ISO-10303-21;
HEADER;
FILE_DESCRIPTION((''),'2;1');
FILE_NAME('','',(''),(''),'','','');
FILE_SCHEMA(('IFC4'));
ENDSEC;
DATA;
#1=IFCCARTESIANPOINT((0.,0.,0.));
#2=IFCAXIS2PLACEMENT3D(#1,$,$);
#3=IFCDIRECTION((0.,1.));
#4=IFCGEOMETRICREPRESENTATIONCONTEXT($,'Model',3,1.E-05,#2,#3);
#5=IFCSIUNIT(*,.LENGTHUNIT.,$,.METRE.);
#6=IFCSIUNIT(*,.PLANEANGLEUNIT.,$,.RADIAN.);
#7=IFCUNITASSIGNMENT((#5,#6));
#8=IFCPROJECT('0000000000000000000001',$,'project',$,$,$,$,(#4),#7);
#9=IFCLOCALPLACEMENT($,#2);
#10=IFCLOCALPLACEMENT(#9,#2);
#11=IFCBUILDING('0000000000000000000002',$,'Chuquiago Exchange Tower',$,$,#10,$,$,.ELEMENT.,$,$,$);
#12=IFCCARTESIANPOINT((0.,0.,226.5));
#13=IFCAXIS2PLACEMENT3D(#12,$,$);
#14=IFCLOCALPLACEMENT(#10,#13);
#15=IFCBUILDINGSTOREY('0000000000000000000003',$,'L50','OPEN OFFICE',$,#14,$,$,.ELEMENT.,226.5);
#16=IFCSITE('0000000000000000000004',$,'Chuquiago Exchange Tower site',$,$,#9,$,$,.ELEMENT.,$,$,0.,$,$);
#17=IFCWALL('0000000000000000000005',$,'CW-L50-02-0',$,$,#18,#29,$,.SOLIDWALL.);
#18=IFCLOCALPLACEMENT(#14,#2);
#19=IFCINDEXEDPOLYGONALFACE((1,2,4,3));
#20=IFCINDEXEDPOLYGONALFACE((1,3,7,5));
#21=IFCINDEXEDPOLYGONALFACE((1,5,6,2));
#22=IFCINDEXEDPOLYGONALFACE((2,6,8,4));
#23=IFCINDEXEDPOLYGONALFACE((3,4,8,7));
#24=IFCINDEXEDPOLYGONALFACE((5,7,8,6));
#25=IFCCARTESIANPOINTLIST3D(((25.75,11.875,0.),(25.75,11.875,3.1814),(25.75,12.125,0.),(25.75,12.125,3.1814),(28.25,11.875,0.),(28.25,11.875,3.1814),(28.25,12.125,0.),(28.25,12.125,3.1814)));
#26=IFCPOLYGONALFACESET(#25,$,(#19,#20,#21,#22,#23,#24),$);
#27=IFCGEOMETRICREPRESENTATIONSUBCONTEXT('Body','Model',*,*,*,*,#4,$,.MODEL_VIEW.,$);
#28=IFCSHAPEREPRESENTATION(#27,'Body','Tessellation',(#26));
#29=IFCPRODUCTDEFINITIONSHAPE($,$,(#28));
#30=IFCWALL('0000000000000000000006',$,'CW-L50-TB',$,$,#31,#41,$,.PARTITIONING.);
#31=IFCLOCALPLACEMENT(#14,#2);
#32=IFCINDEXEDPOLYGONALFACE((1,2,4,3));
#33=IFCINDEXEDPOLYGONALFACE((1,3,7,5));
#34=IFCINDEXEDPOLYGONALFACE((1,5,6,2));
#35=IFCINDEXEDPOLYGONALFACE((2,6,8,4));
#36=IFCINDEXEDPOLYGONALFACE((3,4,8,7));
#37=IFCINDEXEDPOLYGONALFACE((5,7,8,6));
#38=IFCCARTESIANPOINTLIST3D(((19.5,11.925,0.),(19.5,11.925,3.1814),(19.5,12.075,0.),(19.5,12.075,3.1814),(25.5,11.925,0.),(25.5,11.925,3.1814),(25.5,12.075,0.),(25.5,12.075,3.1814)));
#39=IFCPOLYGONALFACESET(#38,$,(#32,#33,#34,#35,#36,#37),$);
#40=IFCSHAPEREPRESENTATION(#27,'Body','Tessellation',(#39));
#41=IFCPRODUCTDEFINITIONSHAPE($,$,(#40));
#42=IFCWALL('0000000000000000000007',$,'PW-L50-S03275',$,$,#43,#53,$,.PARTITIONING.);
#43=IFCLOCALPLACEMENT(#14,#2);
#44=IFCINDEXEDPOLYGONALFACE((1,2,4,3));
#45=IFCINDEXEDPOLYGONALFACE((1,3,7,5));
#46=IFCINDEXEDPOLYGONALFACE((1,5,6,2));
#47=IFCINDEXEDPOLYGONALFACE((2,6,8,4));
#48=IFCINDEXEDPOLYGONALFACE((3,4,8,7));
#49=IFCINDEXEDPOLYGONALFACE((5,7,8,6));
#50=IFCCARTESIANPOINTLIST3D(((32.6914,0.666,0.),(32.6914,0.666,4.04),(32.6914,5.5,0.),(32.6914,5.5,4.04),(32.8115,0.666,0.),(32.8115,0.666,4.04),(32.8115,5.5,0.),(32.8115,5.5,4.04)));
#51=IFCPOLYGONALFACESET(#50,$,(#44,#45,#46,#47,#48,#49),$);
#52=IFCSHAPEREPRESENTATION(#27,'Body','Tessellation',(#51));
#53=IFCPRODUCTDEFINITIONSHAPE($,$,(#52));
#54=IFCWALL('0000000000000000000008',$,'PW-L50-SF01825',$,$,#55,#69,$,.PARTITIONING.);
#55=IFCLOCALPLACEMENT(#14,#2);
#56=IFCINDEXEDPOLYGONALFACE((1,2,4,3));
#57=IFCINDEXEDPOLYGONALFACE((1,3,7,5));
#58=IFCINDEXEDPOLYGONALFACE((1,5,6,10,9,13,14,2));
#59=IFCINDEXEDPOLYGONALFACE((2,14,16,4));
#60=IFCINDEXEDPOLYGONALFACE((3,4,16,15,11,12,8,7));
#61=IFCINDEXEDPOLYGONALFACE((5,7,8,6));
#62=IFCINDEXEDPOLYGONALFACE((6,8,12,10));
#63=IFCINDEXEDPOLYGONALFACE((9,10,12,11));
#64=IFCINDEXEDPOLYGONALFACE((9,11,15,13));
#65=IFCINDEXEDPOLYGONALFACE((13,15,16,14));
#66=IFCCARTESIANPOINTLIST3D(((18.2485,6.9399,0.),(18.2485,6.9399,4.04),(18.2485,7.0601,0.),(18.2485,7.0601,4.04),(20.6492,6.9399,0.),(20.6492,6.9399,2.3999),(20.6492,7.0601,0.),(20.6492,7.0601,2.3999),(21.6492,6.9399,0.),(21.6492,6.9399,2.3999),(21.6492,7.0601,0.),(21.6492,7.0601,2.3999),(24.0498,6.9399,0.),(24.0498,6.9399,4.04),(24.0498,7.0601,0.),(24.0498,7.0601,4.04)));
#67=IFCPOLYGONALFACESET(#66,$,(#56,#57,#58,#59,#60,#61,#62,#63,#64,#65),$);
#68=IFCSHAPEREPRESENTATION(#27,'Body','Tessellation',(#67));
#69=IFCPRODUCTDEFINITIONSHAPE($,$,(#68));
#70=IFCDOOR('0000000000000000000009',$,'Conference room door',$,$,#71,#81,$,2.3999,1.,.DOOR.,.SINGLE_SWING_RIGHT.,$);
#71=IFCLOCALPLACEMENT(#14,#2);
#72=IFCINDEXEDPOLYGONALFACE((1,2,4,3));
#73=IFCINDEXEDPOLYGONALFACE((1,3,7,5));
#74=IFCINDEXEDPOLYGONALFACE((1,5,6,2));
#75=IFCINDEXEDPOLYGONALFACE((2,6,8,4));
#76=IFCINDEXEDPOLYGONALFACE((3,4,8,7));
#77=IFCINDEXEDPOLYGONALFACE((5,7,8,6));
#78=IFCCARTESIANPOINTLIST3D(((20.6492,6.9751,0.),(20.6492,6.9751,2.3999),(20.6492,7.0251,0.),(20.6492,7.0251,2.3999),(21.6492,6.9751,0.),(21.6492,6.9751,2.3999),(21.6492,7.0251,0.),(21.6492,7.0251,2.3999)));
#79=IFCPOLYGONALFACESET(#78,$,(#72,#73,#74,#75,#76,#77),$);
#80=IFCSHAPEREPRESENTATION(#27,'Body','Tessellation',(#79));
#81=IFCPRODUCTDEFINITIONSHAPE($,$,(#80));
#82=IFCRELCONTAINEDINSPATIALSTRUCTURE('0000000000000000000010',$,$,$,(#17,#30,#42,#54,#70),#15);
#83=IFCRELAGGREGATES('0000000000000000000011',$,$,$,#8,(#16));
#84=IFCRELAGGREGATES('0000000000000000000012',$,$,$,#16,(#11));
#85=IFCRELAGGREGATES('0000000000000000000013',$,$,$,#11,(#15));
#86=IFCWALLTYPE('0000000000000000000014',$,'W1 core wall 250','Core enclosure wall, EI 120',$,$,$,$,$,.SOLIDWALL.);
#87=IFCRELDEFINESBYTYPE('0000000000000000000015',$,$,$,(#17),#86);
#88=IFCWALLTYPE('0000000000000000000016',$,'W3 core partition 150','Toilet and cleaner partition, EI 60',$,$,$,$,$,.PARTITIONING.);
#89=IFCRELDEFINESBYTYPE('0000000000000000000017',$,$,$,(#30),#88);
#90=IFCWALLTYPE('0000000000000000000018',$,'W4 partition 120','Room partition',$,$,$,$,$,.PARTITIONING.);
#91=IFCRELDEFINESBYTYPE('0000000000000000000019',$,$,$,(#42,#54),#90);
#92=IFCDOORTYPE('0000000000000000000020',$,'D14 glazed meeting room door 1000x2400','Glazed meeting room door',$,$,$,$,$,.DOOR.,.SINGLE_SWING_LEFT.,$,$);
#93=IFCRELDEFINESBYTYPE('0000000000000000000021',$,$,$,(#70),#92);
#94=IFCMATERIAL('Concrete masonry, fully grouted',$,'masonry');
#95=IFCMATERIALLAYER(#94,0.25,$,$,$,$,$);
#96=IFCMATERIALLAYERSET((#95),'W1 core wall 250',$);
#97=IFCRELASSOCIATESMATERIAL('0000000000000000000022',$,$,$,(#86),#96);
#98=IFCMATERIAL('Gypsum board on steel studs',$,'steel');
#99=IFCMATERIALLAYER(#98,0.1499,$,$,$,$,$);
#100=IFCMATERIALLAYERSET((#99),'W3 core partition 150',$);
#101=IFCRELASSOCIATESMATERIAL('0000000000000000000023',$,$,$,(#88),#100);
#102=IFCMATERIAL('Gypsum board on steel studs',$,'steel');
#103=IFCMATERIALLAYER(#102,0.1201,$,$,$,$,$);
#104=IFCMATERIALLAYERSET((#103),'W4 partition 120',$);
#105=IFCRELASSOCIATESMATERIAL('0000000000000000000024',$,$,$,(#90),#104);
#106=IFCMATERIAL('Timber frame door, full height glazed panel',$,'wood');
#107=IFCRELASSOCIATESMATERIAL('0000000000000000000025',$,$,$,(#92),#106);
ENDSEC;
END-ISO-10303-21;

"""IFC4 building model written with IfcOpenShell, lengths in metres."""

from ifc_helpers import new_model, si_unit, direction, frame, frame_2d, origin, place, context, subcontext, project, spatial, rectangle, extrude, material, layer, layer_set, type_object, element, fill, save


model = new_model("IFC4")

# Units and contexts
model_context = context("Model", 3, precision=1e-05, world=origin(), true_north=direction((0.0, 1.0)))
body_context = subcontext(model_context, "Body", "Model", "MODEL_VIEW")
ifc_project = project(units=[si_unit("LENGTHUNIT", "METRE"), si_unit("PLANEANGLEUNIT", "RADIAN")], contexts=[model_context])

# Site, building, storey
site_placement = place(None, origin())
site = spatial("IfcSite", under=ifc_project, at=site_placement, Name="Chuquiago Exchange Tower site", CompositionType="ELEMENT", RefElevation=0.0)
building_placement = place(site_placement, origin())
building = spatial("IfcBuilding", under=site, at=building_placement, Name="Chuquiago Exchange Tower", CompositionType="ELEMENT")
storey_placement = place(building_placement, frame((0.0, 0.0, 226.5)))
storey = spatial("IfcBuildingStorey", under=building, at=storey_placement, Name="L50", Description="OPEN OFFICE", CompositionType="ELEMENT", Elevation=226.5)

# Walls
ifc_material_1 = material(Name="Concrete masonry, fully grouted", Category="masonry")
ifc_layer_1 = layer(ifc_material_1, 0.25)
ifc_layer_set_1 = layer_set([ifc_layer_1], Name="W1 core wall 250")
wall_type_1 = type_object("IfcWallType", Name="W1 core wall 250", Description="Core enclosure wall, EI 120", PredefinedType="SOLIDWALL", material=ifc_layer_set_1)
wall_1_placement = place(storey_placement, frame((25.75, 12.0, 0.0), z_axis=(0.0, 0.0, 1.0), x_axis=(1.0, 0.0, 0.0)))
element("IfcWall", 1, at=wall_1_placement, inside=storey, type_object=wall_type_1, Name="CW-L50-02-0", PredefinedType="SOLIDWALL", context=body_context, shape_type="SweptSolid", body=[
    extrude(rectangle(XDim=2.5, YDim=0.25, at=frame_2d((1.25, 0.0))), origin(), (0.0, 0.0, 1.0), 3.1814),
])
ifc_material_2 = material(Name="Gypsum board on steel studs", Category="steel")
ifc_layer_2 = layer(ifc_material_2, 0.1499)
ifc_layer_set_2 = layer_set([ifc_layer_2], Name="W3 core partition 150")
wall_type_2 = type_object("IfcWallType", Name="W3 core partition 150", Description="Toilet and cleaner partition, EI 60", PredefinedType="PARTITIONING", material=ifc_layer_set_2)
wall_2_placement = place(storey_placement, frame((19.5, 12.0, 0.0), z_axis=(0.0, 0.0, 1.0), x_axis=(1.0, 0.0, 0.0)))
element("IfcWall", 2, at=wall_2_placement, inside=storey, type_object=wall_type_2, Name="CW-L50-TB", PredefinedType="PARTITIONING", context=body_context, shape_type="SweptSolid", body=[
    extrude(rectangle(XDim=6.0, YDim=0.1499, at=frame_2d((3.0, 0.0))), origin(), (0.0, 0.0, 1.0), 3.1814),
])
ifc_material_3 = material(Name="Gypsum board on steel studs", Category="steel")
ifc_layer_3 = layer(ifc_material_3, 0.1201)
ifc_layer_set_3 = layer_set([ifc_layer_3], Name="W4 partition 120")
wall_type_3 = type_object("IfcWallType", Name="W4 partition 120", Description="Room partition", PredefinedType="PARTITIONING", material=ifc_layer_set_3)
wall_3_placement = place(storey_placement, frame((32.7515, 0.666, 0.0), z_axis=(0.0, 0.0, 1.0), x_axis=(0.0, 1.0, 0.0)))
element("IfcWall", 3, at=wall_3_placement, inside=storey, type_object=wall_type_3, Name="PW-L50-S03275", PredefinedType="PARTITIONING", context=body_context, shape_type="SweptSolid", body=[
    extrude(rectangle(XDim=4.834, YDim=0.1201, at=frame_2d((2.417, 0.0))), origin(), (0.0, 0.0, 1.0), 4.04),
])

# Wall, opening, door
wall_4_placement = place(storey_placement, frame((18.2485, 7.0, 0.0), z_axis=(0.0, 0.0, 1.0), x_axis=(1.0, 0.0, 0.0)))
wall_4 = element("IfcWall", 4, at=wall_4_placement, inside=storey, type_object=wall_type_3, Name="PW-L50-SF01825", PredefinedType="PARTITIONING", context=body_context, shape_type="SweptSolid", body=[
    extrude(rectangle(XDim=5.8013, YDim=0.1201, at=frame_2d((2.9006, 0.0))), origin(), (0.0, 0.0, 1.0), 4.04),
])
opening_1_placement = place(wall_4_placement, frame((2.4006, 0.0, 0.0)))
opening_1 = element("IfcOpeningElement", 5, at=opening_1_placement, cuts=wall_4, PredefinedType="OPENING", context=body_context, shape_type="SweptSolid", body=[
    extrude(rectangle(XDim=1.0, YDim=2.3999, at=frame_2d((0.5, 1.2))), frame((0.0, 0.0701, 0.0), z_axis=(0.0, -1.0, 0.0), x_axis=(1.0, 0.0, 0.0)), (0.0, 0.0, 1.0), 0.1401),
])
ifc_material_4 = material(Name="Timber frame door, full height glazed panel", Category="wood")
door_type_1 = type_object("IfcDoorType", Name="D14 glazed meeting room door 1000x2400", Description="Glazed meeting room door", OperationType="SINGLE_SWING_LEFT", PredefinedType="DOOR", material=ifc_material_4)
door_1_placement = place(opening_1_placement, frame((1.0, 0.0, 0.0), z_axis=(0.0, 0.0, 1.0), x_axis=(-1.0, 0.0, 0.0)))
door_1 = element("IfcDoor", 6, at=door_1_placement, inside=storey, type_object=door_type_1, Name="Conference room door", OperationType="SINGLE_SWING_RIGHT", OverallHeight=2.3999, OverallWidth=1.0, PredefinedType="DOOR", context=body_context, shape_type="SweptSolid", body=[
    extrude(rectangle(XDim=1.0, YDim=2.3999, at=frame_2d((0.5, 1.2))), frame((0.0, 0.0249, 0.0), z_axis=(0.0, -1.0, 0.0), x_axis=(1.0, 0.0, 0.0)), (0.0, 0.0, 1.0), 0.05),
])
fill(opening_1, door_1)

save(model, "model.ifc")
